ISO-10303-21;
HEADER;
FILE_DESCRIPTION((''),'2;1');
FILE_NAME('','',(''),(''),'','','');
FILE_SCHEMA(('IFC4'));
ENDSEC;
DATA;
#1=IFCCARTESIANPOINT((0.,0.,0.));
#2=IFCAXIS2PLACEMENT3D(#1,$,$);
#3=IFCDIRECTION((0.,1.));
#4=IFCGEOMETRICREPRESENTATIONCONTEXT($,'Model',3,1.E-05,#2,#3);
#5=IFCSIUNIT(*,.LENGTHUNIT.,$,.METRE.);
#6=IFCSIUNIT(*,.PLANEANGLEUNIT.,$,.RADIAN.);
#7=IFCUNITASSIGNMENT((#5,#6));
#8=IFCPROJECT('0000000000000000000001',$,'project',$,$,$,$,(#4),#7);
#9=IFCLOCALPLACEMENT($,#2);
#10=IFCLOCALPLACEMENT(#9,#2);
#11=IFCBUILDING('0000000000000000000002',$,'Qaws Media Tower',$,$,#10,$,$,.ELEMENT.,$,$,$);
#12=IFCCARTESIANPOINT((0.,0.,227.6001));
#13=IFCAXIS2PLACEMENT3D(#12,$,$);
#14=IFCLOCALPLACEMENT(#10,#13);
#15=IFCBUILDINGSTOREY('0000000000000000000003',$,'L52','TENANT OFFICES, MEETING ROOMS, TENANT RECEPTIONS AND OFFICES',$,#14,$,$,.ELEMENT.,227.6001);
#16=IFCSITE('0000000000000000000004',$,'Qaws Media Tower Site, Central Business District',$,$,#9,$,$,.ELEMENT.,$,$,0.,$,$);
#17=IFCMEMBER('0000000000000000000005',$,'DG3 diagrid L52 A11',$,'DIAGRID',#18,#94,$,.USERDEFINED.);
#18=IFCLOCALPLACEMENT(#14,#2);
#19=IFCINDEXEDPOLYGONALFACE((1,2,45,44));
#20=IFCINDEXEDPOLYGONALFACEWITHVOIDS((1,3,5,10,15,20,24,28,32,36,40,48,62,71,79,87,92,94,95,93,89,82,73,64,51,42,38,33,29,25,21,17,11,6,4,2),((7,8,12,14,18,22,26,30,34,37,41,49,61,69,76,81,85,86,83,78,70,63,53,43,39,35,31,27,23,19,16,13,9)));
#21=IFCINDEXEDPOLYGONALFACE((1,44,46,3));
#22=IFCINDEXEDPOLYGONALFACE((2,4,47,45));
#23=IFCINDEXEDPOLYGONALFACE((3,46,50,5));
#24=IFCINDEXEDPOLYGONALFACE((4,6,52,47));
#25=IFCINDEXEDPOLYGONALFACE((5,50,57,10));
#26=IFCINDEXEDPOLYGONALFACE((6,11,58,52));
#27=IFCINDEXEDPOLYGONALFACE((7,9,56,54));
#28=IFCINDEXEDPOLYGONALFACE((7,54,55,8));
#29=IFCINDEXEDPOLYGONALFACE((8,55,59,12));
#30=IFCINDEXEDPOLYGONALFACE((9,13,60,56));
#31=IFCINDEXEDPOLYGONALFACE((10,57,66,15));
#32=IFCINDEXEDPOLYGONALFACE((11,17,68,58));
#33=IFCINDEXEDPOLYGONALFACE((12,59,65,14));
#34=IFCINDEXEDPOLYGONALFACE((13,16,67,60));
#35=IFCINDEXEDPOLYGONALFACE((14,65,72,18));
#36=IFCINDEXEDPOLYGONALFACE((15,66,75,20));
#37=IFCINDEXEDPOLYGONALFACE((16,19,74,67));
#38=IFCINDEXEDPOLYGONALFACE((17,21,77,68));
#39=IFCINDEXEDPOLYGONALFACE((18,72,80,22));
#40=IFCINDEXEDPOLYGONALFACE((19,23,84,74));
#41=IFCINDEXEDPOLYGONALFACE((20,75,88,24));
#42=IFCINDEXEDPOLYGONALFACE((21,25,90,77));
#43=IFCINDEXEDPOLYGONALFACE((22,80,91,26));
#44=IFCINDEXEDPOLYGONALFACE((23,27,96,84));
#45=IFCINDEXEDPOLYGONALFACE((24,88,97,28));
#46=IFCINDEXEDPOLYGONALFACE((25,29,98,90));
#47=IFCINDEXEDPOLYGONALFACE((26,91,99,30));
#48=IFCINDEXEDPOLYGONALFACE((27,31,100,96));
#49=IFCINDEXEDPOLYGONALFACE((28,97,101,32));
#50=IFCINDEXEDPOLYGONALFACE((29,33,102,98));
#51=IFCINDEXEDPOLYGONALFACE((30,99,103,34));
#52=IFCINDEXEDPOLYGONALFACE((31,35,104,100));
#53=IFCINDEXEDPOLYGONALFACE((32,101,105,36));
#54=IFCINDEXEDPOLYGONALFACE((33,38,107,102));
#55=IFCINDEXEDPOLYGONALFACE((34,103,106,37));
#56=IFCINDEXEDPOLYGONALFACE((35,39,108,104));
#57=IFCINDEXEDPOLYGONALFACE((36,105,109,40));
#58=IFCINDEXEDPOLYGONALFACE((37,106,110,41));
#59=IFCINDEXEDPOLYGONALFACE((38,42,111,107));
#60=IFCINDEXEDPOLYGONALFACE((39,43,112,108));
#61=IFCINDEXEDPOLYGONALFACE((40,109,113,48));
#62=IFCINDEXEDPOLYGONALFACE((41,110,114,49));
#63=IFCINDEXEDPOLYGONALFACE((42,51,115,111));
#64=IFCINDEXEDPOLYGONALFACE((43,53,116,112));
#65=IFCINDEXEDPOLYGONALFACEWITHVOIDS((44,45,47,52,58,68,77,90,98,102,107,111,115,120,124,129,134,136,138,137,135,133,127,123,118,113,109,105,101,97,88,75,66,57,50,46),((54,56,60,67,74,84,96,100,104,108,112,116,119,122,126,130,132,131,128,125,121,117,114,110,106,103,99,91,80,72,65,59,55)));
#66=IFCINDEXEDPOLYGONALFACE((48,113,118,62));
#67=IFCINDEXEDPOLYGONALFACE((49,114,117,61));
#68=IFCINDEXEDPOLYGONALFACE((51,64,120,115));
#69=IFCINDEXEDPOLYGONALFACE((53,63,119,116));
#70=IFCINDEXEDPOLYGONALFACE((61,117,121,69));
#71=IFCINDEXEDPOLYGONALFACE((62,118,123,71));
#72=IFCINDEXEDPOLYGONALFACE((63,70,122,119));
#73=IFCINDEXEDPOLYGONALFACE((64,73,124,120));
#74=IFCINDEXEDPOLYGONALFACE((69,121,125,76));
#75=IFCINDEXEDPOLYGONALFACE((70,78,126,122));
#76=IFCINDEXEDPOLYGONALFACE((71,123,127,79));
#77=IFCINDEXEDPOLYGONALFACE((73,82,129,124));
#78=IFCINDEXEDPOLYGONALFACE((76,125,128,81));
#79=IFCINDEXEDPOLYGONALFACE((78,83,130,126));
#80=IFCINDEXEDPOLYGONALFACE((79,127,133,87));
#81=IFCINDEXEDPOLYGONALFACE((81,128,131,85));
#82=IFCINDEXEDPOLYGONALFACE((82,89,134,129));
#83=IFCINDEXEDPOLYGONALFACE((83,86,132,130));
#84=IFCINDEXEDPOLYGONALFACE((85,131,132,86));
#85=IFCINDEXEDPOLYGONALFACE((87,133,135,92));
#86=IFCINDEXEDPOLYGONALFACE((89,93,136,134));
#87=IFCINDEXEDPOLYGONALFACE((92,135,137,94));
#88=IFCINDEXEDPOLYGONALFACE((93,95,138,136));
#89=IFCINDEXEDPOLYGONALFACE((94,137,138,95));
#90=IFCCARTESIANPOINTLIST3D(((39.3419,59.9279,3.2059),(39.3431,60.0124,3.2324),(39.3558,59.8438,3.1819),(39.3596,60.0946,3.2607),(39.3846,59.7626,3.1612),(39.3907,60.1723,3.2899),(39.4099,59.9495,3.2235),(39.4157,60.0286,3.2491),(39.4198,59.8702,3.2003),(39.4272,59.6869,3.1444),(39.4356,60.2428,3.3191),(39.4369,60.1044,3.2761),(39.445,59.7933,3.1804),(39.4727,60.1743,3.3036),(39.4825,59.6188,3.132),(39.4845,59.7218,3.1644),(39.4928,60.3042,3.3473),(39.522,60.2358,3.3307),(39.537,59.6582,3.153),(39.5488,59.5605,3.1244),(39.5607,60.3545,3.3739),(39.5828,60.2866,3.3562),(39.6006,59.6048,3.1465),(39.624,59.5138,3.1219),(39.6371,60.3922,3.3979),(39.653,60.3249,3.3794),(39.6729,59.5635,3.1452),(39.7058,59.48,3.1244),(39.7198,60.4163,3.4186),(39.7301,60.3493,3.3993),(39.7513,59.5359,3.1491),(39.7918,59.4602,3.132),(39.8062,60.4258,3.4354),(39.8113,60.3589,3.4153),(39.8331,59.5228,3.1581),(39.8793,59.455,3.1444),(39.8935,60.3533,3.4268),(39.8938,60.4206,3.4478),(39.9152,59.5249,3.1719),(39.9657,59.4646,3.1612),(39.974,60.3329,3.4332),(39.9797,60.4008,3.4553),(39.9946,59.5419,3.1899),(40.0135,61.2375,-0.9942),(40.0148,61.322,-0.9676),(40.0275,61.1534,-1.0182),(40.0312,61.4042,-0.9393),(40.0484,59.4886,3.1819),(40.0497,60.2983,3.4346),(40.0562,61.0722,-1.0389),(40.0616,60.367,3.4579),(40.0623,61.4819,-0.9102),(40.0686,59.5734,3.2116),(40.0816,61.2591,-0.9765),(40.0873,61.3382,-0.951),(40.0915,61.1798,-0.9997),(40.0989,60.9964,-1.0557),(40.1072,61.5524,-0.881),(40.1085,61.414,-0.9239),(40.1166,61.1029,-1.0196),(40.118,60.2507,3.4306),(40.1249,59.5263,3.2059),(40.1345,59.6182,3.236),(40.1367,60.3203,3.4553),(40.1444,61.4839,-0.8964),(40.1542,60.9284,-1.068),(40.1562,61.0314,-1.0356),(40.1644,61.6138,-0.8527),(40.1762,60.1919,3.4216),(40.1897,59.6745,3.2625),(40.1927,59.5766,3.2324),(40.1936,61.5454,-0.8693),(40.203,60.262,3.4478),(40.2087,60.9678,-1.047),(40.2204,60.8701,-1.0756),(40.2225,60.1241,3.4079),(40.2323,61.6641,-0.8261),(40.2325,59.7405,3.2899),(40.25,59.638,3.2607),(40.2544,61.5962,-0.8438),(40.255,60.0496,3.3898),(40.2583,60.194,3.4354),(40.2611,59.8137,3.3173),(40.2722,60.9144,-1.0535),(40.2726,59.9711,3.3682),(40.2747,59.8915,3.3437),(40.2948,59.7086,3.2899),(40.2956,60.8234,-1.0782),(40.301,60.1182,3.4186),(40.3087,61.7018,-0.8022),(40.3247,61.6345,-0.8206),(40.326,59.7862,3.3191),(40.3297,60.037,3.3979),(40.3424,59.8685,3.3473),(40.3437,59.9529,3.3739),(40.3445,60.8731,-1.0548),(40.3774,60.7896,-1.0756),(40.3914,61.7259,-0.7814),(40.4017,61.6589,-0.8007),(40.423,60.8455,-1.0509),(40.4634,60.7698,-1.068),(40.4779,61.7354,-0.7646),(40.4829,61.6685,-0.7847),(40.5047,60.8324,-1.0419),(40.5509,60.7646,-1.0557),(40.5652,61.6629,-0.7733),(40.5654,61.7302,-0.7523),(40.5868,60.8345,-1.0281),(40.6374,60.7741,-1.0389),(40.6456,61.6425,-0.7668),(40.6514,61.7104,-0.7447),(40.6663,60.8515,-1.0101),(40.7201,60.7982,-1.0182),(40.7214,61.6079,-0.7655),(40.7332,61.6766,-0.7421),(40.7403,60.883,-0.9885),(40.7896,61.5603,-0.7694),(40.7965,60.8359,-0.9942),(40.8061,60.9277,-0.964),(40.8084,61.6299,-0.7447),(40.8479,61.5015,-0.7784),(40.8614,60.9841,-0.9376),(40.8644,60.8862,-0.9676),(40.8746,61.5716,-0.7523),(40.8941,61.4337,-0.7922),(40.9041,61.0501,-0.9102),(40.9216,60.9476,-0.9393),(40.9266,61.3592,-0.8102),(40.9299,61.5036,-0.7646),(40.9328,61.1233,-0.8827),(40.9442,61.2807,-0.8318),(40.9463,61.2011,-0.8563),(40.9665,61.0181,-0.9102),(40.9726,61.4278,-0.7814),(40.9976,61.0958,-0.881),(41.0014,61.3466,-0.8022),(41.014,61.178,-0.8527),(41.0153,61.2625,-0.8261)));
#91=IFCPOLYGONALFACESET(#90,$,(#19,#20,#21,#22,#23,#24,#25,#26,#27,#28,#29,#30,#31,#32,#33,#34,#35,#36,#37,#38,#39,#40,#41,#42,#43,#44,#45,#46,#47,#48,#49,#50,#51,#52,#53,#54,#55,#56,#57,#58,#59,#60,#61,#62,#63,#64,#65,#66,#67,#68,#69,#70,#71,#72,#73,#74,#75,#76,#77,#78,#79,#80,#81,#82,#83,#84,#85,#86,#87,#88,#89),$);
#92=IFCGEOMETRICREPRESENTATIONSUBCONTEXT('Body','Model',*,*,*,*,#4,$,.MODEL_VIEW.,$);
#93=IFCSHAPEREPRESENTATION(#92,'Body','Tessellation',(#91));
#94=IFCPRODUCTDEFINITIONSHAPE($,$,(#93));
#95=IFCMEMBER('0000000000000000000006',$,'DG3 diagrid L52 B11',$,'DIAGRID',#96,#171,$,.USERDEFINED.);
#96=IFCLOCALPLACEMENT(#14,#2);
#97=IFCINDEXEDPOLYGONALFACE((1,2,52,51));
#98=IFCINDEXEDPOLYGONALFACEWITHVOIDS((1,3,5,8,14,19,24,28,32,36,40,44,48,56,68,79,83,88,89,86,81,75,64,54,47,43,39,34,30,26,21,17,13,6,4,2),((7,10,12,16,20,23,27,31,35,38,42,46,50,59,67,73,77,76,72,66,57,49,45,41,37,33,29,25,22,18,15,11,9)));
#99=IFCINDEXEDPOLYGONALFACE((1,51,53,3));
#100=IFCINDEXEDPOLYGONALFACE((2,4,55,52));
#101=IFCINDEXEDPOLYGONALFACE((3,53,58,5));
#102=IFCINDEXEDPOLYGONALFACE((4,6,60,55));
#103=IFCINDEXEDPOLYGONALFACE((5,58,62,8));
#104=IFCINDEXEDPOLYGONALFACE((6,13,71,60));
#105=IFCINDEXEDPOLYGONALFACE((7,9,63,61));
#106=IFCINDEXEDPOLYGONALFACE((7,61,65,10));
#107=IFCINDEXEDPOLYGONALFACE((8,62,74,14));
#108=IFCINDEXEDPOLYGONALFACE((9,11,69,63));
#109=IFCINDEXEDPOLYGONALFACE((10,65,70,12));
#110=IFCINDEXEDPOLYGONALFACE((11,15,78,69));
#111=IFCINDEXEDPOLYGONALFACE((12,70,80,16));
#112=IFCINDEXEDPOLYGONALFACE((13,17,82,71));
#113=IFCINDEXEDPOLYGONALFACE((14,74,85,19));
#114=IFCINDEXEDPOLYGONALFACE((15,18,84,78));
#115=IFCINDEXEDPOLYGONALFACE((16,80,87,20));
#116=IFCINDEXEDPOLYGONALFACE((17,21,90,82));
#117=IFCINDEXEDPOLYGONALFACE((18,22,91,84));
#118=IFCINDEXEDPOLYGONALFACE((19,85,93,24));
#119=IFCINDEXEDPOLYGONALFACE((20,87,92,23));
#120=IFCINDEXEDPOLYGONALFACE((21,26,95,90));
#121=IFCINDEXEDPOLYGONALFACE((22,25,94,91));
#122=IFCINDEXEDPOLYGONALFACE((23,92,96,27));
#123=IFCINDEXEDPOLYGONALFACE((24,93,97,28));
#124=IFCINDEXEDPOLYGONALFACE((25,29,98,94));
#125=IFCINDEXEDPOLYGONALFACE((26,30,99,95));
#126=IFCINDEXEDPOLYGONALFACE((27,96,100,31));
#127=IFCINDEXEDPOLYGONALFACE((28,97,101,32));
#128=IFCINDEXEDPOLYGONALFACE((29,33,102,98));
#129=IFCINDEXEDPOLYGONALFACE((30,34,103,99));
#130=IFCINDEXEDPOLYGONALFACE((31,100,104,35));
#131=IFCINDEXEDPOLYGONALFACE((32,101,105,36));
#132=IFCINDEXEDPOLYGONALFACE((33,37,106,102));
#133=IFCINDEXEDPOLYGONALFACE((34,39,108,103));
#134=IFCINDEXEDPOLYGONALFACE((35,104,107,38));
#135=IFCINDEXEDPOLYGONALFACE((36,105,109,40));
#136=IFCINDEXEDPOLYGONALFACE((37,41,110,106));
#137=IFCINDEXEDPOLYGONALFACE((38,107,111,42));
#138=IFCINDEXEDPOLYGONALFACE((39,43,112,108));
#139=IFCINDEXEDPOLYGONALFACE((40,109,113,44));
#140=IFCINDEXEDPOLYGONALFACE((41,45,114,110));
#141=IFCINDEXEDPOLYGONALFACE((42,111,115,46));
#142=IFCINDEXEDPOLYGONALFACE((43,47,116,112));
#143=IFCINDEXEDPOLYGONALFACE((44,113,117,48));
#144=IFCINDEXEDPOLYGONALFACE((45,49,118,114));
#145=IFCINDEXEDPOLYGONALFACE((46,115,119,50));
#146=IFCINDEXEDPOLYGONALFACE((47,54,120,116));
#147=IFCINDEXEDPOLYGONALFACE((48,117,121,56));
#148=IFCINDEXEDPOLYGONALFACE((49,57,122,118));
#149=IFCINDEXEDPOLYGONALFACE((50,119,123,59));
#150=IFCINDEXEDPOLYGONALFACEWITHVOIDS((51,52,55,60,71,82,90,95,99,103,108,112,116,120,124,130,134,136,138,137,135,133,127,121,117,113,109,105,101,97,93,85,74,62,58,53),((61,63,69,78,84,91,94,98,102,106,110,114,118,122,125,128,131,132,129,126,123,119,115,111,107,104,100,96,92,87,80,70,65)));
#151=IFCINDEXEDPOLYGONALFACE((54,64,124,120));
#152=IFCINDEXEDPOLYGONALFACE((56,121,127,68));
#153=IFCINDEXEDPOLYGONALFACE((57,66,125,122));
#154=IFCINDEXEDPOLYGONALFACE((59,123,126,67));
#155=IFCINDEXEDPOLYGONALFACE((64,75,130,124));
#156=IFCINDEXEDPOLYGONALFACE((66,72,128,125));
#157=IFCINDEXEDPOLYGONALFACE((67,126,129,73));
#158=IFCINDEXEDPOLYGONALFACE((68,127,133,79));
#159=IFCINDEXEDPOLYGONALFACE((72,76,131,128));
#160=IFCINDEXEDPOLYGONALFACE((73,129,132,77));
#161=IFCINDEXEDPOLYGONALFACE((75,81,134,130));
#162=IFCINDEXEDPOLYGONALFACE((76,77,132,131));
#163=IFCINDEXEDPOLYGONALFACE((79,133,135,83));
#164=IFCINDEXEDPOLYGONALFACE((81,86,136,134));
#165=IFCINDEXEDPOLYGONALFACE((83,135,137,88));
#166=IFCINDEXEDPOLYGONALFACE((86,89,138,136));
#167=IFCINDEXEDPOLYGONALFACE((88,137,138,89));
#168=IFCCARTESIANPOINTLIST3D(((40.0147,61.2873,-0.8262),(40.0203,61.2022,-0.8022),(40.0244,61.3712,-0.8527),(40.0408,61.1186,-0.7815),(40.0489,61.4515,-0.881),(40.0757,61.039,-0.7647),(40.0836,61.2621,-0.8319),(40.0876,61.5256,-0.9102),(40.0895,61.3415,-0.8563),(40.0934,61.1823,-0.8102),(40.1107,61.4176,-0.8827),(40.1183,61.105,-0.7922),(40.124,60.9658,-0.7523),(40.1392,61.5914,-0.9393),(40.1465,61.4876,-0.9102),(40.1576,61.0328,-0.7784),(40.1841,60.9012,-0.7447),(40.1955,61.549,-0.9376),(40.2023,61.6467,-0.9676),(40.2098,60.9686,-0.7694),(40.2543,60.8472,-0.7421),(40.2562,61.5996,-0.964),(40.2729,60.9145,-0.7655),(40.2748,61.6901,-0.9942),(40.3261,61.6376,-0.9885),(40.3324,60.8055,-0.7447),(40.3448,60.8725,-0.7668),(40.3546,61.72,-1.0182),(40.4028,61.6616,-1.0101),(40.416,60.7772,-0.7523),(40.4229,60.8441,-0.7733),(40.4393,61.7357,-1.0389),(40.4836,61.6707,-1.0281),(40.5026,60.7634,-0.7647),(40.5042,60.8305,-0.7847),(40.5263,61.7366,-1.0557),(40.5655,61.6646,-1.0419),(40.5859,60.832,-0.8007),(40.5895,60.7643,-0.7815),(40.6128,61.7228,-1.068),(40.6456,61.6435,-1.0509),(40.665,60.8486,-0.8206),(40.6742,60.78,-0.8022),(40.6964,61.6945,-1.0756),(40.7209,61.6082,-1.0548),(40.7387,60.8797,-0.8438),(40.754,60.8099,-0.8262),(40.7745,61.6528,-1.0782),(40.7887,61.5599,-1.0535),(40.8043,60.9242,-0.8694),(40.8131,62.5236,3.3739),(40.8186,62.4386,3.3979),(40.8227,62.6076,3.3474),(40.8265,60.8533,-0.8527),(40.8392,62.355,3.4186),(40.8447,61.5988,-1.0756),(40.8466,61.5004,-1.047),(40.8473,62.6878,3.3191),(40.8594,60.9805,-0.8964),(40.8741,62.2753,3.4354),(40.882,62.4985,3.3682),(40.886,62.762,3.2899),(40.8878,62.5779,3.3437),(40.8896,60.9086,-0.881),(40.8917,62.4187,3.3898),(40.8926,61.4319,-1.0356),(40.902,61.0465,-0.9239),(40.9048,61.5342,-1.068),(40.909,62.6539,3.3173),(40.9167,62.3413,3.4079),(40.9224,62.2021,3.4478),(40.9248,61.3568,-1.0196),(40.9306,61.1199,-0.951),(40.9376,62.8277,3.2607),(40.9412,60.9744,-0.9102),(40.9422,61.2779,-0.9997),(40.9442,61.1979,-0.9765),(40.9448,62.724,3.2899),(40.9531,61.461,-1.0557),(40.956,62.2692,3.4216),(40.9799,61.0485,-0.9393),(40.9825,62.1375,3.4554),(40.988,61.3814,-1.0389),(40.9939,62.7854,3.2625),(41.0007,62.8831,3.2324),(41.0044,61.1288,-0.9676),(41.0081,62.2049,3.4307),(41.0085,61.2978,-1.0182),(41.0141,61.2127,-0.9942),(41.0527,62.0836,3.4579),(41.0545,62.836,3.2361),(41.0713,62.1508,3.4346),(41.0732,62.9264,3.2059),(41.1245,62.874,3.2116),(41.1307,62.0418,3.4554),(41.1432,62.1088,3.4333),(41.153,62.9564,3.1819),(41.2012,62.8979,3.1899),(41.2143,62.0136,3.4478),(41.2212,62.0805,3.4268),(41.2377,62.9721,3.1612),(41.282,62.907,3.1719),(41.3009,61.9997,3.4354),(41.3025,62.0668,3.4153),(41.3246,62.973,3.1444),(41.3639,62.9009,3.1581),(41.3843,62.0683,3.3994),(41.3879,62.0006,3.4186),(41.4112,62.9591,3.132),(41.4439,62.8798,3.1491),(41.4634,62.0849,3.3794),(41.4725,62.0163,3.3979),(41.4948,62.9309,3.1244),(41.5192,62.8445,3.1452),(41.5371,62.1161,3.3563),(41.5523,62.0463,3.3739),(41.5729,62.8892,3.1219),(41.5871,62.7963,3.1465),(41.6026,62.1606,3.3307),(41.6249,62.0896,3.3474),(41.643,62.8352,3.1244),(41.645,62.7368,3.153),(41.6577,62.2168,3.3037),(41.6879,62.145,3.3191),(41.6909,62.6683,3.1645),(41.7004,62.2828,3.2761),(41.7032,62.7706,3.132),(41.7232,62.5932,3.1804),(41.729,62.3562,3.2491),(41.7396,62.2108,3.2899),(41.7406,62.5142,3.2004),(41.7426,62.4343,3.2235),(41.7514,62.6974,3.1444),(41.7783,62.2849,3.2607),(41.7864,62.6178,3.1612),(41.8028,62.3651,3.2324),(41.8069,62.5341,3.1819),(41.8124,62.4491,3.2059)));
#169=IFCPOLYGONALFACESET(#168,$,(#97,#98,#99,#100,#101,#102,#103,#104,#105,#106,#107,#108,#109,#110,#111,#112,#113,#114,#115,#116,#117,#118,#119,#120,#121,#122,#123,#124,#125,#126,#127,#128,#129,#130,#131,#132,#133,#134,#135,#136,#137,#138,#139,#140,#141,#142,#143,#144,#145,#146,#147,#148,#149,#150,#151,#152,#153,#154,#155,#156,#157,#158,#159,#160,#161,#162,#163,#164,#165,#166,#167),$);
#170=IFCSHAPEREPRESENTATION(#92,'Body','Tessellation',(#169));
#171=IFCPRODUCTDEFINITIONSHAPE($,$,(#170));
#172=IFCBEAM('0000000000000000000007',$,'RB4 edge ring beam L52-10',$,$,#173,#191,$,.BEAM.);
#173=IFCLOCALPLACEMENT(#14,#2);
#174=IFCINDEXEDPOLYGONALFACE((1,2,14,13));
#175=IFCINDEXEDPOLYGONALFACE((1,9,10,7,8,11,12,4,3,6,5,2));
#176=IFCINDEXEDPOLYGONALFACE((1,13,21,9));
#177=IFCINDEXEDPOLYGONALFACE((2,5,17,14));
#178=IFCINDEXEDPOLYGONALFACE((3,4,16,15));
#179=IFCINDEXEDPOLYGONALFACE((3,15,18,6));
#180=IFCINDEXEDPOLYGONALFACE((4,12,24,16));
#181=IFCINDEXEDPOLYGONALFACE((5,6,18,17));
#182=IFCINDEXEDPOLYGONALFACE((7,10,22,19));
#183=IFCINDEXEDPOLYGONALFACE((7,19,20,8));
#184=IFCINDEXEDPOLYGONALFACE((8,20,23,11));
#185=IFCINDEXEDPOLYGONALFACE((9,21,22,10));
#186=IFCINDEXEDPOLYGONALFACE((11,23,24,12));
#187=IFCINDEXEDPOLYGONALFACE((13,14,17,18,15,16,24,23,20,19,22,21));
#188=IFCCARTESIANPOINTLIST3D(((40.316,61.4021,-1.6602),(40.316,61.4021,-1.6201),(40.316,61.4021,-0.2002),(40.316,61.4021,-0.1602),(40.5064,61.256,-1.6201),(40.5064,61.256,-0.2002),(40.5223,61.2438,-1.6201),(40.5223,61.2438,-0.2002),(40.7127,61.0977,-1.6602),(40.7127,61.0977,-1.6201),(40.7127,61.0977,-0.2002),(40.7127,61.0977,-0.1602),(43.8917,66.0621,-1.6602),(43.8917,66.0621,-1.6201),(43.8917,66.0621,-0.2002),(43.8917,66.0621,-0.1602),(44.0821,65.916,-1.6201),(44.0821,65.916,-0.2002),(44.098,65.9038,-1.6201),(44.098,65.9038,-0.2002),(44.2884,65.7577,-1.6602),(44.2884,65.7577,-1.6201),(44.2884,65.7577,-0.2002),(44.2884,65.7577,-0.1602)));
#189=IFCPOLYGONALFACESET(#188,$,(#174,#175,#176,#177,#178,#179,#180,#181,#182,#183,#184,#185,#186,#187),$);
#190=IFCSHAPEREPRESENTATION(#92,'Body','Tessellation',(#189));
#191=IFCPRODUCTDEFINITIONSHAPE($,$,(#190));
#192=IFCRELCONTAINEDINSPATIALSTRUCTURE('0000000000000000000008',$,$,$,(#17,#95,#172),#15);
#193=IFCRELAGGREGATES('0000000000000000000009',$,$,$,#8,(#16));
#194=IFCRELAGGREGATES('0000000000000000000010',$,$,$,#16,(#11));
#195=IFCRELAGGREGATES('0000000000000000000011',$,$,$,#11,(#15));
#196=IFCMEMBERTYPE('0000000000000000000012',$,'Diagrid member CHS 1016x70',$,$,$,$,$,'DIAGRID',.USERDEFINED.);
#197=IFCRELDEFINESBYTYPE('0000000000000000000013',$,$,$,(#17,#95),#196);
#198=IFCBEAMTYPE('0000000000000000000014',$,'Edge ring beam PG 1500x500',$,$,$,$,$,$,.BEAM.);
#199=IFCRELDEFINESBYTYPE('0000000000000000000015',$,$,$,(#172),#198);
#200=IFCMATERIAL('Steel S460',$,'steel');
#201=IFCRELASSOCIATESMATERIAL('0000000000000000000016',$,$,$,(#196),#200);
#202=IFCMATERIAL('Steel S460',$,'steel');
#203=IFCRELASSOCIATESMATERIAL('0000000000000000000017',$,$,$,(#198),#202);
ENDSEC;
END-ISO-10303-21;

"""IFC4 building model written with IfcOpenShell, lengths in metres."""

from ifc_helpers import new_model, si_unit, direction, frame, origin, origin_2d, place, context, subcontext, project, spatial, hollow_circle, i_section, extrude, material, material_profile, profile_set, type_object, element, save


model = new_model("IFC4")

# Units and contexts
model_context = context("Model", 3, precision=1e-05, world=origin(), true_north=direction((0.0, 1.0)))
body_context = subcontext(model_context, "Body", "Model", "MODEL_VIEW")
ifc_project = project(units=[si_unit("LENGTHUNIT", "METRE"), si_unit("PLANEANGLEUNIT", "RADIAN")], contexts=[model_context])

# Site, building, storey
site_placement = place(None, origin())
site = spatial("IfcSite", under=ifc_project, at=site_placement, Name="Qaws Media Tower Site, Central Business District", CompositionType="ELEMENT", RefElevation=0.0)
building_placement = place(site_placement, origin())
building = spatial("IfcBuilding", under=site, at=building_placement, Name="Qaws Media Tower", CompositionType="ELEMENT")
storey_placement = place(building_placement, frame((0.0, 0.0, 227.6001)))
storey = spatial("IfcBuildingStorey", under=building, at=storey_placement, Name="L52", Description="TENANT OFFICES, MEETING ROOMS, TENANT RECEPTIONS AND OFFICES", CompositionType="ELEMENT", Elevation=227.6001)

# Members
ifc_material_1 = material(Name="Steel S460", Category="steel")
ifc_material_profile_1 = material_profile(ifc_material_1, hollow_circle(Radius=0.5081, WallThickness=0.0701, at=origin_2d()), Name="CHS 1016x70")
ifc_profile_set_1 = profile_set([ifc_material_profile_1], Name="Steel S460")
member_type_1 = type_object("IfcMemberType", Name="Diagrid member CHS 1016x70", ElementType="DIAGRID", PredefinedType="USERDEFINED", material=ifc_profile_set_1)
for number, where, z_axis, x_axis, name in (
    (1, (40.5144, 61.25, -0.9102), (-0.150916, -0.294262, 0.943734), (0.889802, -0.456347, 0.0), "DG3 diagrid L52 A11"),
    (2, (40.5144, 61.25, -0.9102), (0.179389, 0.277806, 0.943739), (-0.840077, 0.542467, 0.0), "DG3 diagrid L52 B11"),
):
    element("IfcMember", number, at=place(storey_placement, frame(where, z_axis=z_axis, x_axis=x_axis)), inside=storey, type_object=member_type_1, Name=name, ObjectType="DIAGRID", PredefinedType="USERDEFINED", context=body_context, shape_type="SweptSolid", body=[
        extrude(hollow_circle(Radius=0.5081, WallThickness=0.0701, at=origin_2d()), origin(), (0.0, 0.0, 1.0), 4.4504),
    ])

# Beam
ifc_material_2 = material(Name="Steel S460", Category="steel")
ifc_material_profile_2 = material_profile(ifc_material_2, i_section(OverallWidth=0.5, OverallDepth=1.5, WebThickness=0.02, FlangeThickness=0.04, at=origin_2d()), Name="PG 1500x500")
ifc_profile_set_2 = profile_set([ifc_material_profile_2], Name="Steel S460")
beam_type = type_object("IfcBeamType", Name="Edge ring beam PG 1500x500", PredefinedType="BEAM", material=ifc_profile_set_2)
beam_1_placement = place(storey_placement, frame((44.0901, 65.9099, -0.9102), z_axis=(-0.608762, -0.793353, 0.0), x_axis=(0.793353, -0.608762, 0.0)))
element("IfcBeam", 3, at=beam_1_placement, inside=storey, type_object=beam_type, Name="RB4 edge ring beam L52-10", PredefinedType="BEAM", context=body_context, shape_type="SweptSolid", body=[
    extrude(i_section(OverallWidth=0.5, OverallDepth=1.5, WebThickness=0.02, FlangeThickness=0.04, at=origin_2d()), origin(), (0.0, 0.0, 1.0), 5.8738),
])

save(model, "model.ifc")
